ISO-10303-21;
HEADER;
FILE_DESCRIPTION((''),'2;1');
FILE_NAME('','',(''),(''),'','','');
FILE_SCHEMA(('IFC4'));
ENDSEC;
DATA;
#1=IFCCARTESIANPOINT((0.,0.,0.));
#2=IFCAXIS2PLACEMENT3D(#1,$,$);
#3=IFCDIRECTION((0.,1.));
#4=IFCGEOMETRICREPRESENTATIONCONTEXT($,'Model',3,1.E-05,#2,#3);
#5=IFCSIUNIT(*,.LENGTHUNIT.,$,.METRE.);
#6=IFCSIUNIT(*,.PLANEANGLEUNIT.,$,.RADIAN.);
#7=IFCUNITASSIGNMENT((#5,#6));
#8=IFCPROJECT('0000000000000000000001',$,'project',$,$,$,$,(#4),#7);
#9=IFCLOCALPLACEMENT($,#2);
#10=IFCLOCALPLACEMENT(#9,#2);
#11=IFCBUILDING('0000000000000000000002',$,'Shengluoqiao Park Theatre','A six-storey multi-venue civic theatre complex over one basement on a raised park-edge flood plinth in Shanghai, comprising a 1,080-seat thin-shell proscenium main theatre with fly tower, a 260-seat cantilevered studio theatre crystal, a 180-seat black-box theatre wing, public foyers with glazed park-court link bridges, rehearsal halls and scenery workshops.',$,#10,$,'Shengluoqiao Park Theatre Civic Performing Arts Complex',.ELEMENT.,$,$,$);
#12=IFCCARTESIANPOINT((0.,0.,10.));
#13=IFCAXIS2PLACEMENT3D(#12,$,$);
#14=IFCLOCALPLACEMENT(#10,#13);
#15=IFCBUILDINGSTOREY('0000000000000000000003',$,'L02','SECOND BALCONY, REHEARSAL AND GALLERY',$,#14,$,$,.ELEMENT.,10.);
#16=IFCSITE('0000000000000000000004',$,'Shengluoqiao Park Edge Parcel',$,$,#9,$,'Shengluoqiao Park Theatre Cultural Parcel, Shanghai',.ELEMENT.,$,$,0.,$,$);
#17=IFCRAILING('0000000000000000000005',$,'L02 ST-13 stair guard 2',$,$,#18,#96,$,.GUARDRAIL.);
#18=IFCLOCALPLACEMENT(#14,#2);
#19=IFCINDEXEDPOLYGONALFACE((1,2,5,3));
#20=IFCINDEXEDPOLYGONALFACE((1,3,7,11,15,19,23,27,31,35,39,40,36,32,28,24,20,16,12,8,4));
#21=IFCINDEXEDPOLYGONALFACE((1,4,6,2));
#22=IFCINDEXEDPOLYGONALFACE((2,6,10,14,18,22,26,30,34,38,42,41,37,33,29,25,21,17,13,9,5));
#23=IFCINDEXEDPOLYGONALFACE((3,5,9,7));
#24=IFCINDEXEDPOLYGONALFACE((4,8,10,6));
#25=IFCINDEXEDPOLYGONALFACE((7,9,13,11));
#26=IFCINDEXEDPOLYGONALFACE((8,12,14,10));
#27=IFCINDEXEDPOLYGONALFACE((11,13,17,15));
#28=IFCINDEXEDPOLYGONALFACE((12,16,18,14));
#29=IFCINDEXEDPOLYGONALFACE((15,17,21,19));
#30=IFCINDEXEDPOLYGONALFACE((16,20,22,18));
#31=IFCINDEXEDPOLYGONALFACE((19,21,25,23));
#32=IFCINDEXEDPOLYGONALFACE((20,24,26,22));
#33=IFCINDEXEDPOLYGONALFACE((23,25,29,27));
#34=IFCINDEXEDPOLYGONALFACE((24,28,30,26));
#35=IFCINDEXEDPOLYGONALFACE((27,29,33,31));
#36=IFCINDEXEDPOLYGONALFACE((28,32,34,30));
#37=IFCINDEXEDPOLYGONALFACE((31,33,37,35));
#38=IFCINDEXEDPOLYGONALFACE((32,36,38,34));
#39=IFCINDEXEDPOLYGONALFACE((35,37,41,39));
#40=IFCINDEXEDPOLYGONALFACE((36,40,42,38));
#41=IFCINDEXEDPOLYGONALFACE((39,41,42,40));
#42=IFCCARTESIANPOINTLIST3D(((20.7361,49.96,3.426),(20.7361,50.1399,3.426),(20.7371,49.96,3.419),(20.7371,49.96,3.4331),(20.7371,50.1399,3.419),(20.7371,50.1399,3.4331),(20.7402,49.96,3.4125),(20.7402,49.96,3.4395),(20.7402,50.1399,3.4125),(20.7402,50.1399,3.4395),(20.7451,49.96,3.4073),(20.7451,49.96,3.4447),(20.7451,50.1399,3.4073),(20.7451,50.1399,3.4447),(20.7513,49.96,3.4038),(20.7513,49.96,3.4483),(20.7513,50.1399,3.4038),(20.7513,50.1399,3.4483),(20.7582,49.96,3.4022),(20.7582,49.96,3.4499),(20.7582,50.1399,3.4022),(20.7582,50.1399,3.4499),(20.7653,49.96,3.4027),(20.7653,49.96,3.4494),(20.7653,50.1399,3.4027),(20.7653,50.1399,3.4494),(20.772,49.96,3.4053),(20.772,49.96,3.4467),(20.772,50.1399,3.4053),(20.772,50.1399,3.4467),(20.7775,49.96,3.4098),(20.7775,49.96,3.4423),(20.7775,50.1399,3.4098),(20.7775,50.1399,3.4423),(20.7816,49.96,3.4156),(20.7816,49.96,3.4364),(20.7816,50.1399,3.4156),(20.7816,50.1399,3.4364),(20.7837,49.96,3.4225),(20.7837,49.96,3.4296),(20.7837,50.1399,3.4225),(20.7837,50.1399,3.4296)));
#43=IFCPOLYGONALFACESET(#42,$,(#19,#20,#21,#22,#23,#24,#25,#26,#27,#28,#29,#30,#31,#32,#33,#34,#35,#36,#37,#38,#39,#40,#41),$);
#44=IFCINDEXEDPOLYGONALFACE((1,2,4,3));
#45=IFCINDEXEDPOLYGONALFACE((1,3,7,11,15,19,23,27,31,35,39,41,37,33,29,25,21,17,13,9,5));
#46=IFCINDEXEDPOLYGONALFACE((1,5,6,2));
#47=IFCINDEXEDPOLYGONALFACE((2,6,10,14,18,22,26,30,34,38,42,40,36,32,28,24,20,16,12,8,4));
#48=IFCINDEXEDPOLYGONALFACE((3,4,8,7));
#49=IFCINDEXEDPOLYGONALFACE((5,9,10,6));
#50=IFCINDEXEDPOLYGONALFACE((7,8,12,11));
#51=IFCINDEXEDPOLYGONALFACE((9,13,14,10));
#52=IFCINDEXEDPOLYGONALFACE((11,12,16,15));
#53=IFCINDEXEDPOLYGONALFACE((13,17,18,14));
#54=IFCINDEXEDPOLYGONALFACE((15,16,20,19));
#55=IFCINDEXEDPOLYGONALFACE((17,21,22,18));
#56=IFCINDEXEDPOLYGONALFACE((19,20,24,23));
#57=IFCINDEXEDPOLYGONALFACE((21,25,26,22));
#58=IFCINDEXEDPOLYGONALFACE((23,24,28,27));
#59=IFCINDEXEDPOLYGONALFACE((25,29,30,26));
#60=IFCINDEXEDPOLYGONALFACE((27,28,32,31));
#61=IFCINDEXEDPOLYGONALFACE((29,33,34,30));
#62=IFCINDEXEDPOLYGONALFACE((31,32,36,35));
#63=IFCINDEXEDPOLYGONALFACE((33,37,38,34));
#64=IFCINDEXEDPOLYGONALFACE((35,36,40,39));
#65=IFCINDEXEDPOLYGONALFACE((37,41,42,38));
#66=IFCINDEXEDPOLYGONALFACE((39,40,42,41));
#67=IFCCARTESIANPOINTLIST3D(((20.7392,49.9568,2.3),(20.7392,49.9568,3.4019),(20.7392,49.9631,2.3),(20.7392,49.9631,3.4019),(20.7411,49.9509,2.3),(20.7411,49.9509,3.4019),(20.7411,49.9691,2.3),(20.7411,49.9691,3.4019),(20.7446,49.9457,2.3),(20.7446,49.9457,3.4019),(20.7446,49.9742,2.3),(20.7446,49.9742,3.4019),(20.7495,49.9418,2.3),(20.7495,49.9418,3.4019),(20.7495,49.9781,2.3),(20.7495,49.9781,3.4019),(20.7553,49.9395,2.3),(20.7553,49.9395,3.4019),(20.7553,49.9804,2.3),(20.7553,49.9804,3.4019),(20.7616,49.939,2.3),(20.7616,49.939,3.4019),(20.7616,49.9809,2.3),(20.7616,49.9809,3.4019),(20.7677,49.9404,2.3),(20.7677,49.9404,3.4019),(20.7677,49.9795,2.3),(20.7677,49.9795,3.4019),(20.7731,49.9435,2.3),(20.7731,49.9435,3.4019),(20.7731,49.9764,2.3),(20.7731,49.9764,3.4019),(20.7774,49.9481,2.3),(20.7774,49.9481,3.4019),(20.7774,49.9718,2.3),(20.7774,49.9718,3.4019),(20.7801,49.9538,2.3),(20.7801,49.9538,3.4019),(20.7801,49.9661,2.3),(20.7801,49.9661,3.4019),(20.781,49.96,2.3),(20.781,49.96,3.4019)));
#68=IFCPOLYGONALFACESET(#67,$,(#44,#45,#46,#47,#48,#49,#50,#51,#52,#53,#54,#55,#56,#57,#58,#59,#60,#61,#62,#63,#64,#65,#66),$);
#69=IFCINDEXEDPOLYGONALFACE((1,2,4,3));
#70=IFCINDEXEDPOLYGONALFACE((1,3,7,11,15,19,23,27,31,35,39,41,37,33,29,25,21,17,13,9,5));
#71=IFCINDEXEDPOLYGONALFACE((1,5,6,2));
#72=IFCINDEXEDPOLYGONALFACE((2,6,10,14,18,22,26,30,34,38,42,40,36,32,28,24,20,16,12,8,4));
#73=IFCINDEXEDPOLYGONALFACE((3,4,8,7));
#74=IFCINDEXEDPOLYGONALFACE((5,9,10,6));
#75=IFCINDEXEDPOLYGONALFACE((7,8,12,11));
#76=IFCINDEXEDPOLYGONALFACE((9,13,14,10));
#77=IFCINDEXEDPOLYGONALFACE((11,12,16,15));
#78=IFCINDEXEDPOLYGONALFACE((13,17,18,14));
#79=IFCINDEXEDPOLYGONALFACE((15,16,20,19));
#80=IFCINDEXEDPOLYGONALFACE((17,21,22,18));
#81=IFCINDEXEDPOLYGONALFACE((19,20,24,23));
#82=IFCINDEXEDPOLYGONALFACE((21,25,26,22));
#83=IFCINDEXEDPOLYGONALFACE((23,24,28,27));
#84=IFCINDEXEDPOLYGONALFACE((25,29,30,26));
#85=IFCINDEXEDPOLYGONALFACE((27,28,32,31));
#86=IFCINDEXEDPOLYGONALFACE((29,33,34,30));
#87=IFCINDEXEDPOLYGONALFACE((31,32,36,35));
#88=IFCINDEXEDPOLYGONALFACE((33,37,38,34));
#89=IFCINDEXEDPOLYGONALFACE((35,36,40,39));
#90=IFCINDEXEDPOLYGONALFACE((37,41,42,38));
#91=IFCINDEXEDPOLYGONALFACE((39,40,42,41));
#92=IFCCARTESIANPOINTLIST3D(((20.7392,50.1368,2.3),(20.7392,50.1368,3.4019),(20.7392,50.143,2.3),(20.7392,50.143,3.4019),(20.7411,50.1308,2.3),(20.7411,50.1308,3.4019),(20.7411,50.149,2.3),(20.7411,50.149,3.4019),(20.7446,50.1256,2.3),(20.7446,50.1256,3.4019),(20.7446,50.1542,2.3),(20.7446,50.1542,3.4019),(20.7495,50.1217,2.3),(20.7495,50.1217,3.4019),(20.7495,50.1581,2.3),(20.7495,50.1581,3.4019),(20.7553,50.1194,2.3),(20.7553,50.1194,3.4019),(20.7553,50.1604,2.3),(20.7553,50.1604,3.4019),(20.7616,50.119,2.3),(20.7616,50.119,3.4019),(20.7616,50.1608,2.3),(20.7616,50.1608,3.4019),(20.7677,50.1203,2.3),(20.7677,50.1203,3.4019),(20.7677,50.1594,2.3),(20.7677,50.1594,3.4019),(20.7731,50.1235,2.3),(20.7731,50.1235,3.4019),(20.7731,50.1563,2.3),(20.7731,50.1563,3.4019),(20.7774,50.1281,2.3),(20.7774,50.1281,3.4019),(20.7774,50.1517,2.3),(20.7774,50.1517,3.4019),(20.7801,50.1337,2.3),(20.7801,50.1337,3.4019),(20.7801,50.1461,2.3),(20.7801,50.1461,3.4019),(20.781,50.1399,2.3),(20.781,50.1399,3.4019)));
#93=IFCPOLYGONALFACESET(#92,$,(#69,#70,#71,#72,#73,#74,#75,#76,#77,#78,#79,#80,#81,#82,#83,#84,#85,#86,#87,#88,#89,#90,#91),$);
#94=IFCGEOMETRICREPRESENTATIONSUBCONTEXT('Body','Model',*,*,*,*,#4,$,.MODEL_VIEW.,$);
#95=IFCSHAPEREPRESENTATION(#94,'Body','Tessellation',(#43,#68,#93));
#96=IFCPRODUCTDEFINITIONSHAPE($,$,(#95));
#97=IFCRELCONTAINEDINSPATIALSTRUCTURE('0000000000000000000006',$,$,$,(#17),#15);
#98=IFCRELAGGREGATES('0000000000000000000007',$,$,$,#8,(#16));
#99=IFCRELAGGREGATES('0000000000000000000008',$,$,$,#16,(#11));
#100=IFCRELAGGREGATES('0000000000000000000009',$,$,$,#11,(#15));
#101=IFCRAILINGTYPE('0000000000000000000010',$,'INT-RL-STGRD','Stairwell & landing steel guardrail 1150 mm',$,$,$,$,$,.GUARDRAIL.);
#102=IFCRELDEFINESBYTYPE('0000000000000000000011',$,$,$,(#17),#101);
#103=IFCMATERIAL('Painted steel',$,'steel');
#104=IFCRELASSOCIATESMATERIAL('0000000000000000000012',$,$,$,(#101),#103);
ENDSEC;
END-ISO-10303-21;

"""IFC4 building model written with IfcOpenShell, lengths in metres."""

from ifc_helpers import new_model, si_unit, direction, frame, origin, origin_2d, place, context, subcontext, project, spatial, circle, extrude, material, type_object, element, save


model = new_model("IFC4")

# Units and contexts
model_context = context("Model", 3, precision=1e-05, world=origin(), true_north=direction((0.0, 1.0)))
body_context = subcontext(model_context, "Body", "Model", "MODEL_VIEW")
ifc_project = project(units=[si_unit("LENGTHUNIT", "METRE"), si_unit("PLANEANGLEUNIT", "RADIAN")], contexts=[model_context])

# Site, building, storey
site_placement = place(None, origin())
site = spatial("IfcSite", under=ifc_project, at=site_placement, Name="Shengluoqiao Park Edge Parcel", LongName="Shengluoqiao Park Theatre Cultural Parcel, Shanghai", CompositionType="ELEMENT", RefElevation=0.0)
building_placement = place(site_placement, origin())
building = spatial("IfcBuilding", under=site, at=building_placement, Name="Shengluoqiao Park Theatre", Description="A six-storey multi-venue civic theatre complex over one basement on a raised park-edge flood plinth in Shanghai, comprising a 1,080-seat thin-shell proscenium main theatre with fly tower, a 260-seat cantilevered studio theatre crystal, a 180-seat black-box theatre wing, public foyers with glazed park-court link bridges, rehearsal halls and scenery workshops.", LongName="Shengluoqiao Park Theatre Civic Performing Arts Complex", CompositionType="ELEMENT")
storey_placement = place(building_placement, frame((0.0, 0.0, 10.0)))
storey = spatial("IfcBuildingStorey", under=building, at=storey_placement, Name="L02", Description="SECOND BALCONY, REHEARSAL AND GALLERY", CompositionType="ELEMENT", Elevation=10.0)

# Railing
ifc_material_1 = material(Name="Painted steel", Category="steel")
railing_type_1 = type_object("IfcRailingType", Name="INT-RL-STGRD", Description="Stairwell & landing steel guardrail 1150 mm", PredefinedType="GUARDRAIL", material=ifc_material_1)
railing_1_placement = place(storey_placement, frame((20.76, 49.96, 2.3)))
element("IfcRailing", 1, at=railing_1_placement, inside=storey, type_object=railing_type_1, Name="L02 ST-13 stair guard 2", PredefinedType="GUARDRAIL", context=body_context, shape_type="SweptSolid", body=[
    extrude(circle(Radius=0.0239, at=origin_2d()), frame((0.0, 0.0, 1.126), z_axis=(0.0, 1.0, 0.0), x_axis=(-1.0, 0.0, 0.0)), (0.0, 0.0, 1.0), 0.1799),
    extrude(circle(Radius=0.021, at=origin_2d()), origin(), (0.0, 0.0, 1.0), 1.1018),
    extrude(circle(Radius=0.021, at=origin_2d()), frame((0.0, 0.1799, 0.0)), (0.0, 0.0, 1.0), 1.1018),
])

save(model, "model.ifc")
